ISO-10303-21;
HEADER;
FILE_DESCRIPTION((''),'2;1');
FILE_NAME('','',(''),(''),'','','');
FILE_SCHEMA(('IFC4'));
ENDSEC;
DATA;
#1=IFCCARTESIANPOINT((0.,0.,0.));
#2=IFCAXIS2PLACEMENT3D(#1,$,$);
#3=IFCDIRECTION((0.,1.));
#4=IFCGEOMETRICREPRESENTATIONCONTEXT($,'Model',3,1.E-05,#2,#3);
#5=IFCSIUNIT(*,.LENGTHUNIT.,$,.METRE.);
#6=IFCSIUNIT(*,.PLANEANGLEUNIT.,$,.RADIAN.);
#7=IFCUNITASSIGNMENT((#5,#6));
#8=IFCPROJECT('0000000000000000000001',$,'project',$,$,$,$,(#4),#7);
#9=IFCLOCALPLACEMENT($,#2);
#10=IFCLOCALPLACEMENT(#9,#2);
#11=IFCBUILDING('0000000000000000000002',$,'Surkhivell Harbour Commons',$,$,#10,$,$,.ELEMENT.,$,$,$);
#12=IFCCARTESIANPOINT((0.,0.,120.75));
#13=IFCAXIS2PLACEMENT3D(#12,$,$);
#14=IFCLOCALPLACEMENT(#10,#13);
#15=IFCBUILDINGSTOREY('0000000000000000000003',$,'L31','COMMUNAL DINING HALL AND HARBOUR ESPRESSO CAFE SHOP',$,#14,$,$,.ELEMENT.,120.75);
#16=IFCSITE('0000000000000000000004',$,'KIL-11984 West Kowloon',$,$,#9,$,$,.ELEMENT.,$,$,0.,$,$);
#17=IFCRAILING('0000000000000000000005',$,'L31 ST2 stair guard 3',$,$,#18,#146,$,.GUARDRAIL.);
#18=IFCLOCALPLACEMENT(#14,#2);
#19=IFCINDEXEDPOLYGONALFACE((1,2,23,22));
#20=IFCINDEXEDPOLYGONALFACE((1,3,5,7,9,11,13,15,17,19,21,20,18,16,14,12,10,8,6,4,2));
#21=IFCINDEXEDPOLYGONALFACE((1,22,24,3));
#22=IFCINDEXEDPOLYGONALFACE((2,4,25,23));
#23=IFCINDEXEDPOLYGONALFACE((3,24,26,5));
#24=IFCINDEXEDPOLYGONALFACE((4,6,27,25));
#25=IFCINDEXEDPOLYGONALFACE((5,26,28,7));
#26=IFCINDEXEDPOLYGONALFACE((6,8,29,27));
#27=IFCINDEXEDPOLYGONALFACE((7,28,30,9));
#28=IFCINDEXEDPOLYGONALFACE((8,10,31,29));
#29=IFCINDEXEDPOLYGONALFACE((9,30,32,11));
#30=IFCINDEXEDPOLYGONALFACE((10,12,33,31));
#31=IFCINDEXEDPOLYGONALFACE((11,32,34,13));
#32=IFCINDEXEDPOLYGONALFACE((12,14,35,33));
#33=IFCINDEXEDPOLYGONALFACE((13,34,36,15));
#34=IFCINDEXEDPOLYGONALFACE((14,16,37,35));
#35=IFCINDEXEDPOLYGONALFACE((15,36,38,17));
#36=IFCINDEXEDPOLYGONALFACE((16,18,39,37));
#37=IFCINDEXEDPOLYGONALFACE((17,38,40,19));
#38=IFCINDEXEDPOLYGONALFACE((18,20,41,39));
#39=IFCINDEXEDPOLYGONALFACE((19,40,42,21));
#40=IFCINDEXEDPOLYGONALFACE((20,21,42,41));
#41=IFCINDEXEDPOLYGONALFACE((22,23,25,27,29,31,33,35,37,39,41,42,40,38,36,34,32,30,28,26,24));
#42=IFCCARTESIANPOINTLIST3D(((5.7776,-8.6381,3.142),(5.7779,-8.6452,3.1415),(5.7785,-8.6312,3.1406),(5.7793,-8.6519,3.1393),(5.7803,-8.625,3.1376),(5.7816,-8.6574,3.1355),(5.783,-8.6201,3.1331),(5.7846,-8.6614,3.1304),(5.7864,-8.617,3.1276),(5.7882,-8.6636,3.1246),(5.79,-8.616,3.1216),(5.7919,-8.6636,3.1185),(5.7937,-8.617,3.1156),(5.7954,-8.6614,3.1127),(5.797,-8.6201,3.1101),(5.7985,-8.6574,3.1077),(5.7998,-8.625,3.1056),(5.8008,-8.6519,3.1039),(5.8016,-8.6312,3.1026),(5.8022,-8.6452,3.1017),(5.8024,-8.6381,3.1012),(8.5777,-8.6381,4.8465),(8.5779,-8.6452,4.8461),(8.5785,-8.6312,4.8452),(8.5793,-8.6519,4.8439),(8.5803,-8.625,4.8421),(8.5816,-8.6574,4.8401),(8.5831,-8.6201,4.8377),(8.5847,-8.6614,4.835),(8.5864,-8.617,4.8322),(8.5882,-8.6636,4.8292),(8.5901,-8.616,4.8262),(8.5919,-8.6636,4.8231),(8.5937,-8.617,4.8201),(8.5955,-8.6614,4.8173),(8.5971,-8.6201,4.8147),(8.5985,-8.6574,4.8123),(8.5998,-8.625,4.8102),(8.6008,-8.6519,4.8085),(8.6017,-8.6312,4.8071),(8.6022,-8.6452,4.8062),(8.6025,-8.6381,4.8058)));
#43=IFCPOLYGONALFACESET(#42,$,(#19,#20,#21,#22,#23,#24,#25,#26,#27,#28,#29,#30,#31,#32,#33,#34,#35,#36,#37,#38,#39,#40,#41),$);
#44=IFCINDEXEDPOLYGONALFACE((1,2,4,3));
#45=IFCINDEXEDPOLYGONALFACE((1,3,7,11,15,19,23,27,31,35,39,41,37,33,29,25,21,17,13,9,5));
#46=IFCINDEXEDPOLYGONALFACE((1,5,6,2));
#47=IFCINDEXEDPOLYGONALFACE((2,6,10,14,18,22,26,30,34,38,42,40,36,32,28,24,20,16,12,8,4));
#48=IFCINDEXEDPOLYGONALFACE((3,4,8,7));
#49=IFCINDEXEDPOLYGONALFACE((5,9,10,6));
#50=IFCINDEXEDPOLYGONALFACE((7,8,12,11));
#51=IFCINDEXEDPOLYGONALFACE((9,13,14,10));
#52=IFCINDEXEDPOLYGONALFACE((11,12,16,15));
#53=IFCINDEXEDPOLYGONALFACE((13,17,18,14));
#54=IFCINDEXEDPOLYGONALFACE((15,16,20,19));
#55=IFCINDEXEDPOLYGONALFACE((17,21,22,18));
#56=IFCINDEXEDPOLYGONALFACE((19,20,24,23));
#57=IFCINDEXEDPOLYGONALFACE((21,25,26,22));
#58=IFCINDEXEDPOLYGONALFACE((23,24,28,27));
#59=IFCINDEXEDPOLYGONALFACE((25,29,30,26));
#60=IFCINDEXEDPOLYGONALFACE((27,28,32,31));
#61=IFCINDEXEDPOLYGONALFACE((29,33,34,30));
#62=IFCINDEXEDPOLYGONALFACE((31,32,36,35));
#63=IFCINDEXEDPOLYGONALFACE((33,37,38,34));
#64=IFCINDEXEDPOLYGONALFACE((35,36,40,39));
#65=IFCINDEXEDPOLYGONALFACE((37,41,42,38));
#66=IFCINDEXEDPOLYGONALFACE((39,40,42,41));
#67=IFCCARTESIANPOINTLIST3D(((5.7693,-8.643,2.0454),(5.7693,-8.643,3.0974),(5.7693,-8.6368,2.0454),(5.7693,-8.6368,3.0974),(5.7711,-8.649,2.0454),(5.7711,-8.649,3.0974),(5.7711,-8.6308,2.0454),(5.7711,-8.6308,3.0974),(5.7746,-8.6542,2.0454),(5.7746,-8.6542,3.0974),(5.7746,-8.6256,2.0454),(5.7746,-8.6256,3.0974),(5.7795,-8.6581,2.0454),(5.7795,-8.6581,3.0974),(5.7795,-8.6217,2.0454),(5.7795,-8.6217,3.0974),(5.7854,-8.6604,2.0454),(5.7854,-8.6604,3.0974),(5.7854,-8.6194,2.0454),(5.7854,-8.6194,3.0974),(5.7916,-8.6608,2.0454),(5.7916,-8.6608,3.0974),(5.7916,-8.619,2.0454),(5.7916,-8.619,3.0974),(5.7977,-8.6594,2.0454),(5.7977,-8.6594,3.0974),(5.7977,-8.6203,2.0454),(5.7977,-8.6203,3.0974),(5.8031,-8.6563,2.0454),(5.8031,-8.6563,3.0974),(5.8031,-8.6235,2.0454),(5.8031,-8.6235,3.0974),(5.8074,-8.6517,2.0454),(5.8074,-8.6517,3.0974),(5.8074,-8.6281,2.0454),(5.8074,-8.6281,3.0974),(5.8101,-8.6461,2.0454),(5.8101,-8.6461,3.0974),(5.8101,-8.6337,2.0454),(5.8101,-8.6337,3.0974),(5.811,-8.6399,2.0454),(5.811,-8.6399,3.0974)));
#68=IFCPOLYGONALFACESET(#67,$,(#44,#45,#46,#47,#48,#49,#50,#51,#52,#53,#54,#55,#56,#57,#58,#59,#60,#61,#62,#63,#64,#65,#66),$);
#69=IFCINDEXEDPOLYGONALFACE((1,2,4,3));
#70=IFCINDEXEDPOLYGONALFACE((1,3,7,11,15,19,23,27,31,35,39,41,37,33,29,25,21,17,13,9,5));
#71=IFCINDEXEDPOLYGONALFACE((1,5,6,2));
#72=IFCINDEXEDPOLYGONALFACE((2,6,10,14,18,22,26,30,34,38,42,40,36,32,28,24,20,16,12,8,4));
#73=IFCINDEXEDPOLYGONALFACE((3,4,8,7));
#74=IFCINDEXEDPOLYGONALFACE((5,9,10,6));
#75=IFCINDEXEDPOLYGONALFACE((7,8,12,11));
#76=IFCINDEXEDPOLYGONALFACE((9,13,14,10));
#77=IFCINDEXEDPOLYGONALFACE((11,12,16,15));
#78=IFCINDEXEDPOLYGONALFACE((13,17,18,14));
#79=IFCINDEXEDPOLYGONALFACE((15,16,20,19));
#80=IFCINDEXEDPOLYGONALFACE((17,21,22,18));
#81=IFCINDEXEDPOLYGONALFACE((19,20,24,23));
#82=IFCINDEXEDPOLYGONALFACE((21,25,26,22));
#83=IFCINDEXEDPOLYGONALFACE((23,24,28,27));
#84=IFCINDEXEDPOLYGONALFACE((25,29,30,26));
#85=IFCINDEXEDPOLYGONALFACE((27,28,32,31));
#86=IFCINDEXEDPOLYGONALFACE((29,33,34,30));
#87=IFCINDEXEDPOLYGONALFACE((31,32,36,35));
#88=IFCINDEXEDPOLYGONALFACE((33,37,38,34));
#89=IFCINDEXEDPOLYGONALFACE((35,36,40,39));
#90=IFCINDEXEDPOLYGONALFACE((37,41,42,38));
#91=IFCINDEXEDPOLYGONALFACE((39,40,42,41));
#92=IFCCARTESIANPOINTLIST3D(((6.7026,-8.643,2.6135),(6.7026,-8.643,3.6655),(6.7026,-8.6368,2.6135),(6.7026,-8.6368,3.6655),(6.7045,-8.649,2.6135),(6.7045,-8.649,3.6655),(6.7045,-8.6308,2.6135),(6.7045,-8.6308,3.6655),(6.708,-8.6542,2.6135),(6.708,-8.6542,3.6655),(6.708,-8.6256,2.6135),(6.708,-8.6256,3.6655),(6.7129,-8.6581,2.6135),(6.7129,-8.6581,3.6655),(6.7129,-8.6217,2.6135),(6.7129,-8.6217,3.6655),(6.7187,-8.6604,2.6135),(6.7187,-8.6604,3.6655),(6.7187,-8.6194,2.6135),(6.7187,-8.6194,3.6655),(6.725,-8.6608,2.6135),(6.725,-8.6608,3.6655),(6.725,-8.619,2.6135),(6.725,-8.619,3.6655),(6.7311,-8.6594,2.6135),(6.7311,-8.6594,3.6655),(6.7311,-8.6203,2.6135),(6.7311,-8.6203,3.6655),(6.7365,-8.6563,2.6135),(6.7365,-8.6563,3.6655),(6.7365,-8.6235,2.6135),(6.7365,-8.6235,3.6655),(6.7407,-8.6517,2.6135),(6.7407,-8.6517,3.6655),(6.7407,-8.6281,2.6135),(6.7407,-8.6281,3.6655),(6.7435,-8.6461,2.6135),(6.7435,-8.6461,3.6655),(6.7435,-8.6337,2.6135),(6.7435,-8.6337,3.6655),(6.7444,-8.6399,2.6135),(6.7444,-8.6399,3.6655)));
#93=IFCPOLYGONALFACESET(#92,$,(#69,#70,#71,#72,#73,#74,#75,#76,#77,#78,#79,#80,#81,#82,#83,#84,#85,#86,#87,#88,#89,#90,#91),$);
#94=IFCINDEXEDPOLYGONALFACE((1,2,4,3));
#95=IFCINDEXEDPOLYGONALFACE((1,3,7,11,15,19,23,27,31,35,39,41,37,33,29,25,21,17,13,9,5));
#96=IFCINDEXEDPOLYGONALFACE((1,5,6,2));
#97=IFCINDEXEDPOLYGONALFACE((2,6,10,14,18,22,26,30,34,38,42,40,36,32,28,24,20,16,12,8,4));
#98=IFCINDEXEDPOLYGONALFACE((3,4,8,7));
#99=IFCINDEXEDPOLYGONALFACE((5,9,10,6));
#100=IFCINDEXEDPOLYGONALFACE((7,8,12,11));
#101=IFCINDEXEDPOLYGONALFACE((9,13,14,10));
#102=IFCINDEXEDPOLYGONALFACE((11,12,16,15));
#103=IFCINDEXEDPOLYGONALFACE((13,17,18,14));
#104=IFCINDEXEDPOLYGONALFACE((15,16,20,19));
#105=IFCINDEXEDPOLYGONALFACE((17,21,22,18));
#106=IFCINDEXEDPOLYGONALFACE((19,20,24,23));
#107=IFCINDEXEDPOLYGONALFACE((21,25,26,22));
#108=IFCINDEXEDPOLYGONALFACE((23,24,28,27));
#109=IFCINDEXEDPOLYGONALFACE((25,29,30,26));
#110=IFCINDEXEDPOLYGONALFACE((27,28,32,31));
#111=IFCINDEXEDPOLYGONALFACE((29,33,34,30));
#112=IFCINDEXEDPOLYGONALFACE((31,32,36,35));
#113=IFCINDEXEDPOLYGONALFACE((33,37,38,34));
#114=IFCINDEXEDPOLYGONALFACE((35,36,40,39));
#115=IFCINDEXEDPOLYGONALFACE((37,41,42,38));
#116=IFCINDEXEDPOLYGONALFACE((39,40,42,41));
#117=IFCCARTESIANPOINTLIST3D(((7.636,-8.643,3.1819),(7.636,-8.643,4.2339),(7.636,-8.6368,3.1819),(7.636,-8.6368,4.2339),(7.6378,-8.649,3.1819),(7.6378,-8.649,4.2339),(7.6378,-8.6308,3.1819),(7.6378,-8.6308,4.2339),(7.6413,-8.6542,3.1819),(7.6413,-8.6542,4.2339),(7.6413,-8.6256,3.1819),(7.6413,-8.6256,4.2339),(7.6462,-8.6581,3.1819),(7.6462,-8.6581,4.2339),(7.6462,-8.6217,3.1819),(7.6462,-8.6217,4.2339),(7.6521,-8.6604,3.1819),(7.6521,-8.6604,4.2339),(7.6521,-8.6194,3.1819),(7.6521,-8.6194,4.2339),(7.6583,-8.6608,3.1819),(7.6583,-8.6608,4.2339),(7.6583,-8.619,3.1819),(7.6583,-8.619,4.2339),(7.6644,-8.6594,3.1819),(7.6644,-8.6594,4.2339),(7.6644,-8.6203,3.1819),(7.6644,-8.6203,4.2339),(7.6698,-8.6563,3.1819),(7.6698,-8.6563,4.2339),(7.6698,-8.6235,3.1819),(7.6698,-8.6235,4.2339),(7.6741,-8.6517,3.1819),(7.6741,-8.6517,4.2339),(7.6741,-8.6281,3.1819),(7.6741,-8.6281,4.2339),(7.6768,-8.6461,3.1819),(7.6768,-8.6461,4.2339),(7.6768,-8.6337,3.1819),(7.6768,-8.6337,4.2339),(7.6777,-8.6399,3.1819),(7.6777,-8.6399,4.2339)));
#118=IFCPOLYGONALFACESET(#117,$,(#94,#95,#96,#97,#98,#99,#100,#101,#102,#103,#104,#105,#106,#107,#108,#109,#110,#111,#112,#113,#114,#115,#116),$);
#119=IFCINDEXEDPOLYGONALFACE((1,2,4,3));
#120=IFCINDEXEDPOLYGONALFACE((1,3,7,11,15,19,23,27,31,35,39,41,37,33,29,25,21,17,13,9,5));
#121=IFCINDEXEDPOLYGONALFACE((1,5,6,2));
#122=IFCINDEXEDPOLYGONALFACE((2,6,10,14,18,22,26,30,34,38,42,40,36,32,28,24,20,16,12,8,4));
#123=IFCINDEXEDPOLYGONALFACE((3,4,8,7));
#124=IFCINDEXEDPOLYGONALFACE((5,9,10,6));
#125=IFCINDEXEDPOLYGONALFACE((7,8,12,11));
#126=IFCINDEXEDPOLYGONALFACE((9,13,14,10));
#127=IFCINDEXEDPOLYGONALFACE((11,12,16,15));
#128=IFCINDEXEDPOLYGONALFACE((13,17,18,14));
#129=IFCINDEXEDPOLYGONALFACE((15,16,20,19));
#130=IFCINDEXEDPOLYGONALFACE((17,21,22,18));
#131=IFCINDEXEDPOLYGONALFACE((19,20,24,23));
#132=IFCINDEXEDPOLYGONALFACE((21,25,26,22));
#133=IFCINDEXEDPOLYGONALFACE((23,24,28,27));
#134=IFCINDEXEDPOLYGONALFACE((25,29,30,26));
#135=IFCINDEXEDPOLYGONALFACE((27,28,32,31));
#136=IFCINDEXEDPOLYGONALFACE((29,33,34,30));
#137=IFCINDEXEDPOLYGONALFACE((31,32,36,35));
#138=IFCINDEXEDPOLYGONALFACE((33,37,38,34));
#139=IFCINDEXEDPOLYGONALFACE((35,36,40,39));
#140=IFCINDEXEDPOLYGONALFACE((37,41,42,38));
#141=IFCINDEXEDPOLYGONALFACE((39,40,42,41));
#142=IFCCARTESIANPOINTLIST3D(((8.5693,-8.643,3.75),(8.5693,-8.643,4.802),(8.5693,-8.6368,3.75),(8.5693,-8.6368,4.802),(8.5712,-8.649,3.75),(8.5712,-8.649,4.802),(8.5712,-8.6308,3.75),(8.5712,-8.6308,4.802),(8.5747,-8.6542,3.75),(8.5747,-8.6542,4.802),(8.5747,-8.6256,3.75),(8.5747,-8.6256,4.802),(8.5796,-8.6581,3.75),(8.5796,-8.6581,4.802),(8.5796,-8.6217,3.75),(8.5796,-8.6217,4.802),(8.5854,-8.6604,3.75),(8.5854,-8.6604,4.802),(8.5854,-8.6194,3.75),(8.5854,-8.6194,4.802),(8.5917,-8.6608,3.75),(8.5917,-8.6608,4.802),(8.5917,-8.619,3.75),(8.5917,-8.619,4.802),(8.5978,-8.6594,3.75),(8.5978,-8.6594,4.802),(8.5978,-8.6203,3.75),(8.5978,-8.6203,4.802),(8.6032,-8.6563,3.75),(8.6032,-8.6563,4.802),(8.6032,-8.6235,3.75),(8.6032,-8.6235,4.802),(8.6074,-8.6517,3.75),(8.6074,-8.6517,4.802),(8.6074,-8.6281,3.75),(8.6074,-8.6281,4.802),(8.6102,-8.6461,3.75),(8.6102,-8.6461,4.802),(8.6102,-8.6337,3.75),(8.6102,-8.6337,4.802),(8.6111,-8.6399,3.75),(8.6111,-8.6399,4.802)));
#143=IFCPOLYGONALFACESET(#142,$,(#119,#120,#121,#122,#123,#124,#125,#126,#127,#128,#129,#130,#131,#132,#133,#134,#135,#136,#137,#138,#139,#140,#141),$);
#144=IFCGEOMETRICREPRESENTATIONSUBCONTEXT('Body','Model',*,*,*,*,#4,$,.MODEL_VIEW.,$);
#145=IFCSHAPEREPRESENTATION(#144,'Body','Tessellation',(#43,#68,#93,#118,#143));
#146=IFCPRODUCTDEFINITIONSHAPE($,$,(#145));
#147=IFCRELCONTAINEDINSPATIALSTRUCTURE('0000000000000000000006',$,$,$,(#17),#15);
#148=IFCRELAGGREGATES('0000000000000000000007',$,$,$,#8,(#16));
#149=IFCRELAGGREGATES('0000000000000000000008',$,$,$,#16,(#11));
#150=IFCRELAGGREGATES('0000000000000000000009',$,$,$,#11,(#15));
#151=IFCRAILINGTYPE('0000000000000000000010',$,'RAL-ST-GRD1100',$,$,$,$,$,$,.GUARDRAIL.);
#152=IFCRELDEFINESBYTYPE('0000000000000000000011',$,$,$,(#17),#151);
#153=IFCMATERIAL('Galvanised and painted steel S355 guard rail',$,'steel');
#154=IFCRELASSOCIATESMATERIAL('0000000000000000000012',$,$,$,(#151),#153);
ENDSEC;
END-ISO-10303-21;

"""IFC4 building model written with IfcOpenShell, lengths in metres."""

from ifc_helpers import new_model, si_unit, direction, frame, origin, origin_2d, place, context, subcontext, project, spatial, circle, extrude, material, type_object, element, save


model = new_model("IFC4")

# Units and contexts
model_context = context("Model", 3, precision=1e-05, world=origin(), true_north=direction((0.0, 1.0)))
body_context = subcontext(model_context, "Body", "Model", "MODEL_VIEW")
ifc_project = project(units=[si_unit("LENGTHUNIT", "METRE"), si_unit("PLANEANGLEUNIT", "RADIAN")], contexts=[model_context])

# Site, building, storey
site_placement = place(None, origin())
site = spatial("IfcSite", under=ifc_project, at=site_placement, Name="KIL-11984 West Kowloon", CompositionType="ELEMENT", RefElevation=0.0)
building_placement = place(site_placement, origin())
building = spatial("IfcBuilding", under=site, at=building_placement, Name="Surkhivell Harbour Commons", CompositionType="ELEMENT")
storey_placement = place(building_placement, frame((0.0, 0.0, 120.75)))
storey = spatial("IfcBuildingStorey", under=building, at=storey_placement, Name="L31", Description="COMMUNAL DINING HALL AND HARBOUR ESPRESSO CAFE SHOP", CompositionType="ELEMENT", Elevation=120.75)

# Railing
ifc_material_1 = material(Name="Galvanised and painted steel S355 guard rail", Category="steel")
railing_type_1 = type_object("IfcRailingType", Name="RAL-ST-GRD1100", PredefinedType="GUARDRAIL", material=ifc_material_1)
railing_1_placement = place(storey_placement, frame((5.79, -8.6399, 2.0454)))
element("IfcRailing", 1, at=railing_1_placement, inside=storey, type_object=railing_type_1, Name="L31 ST2 stair guard 3", PredefinedType="GUARDRAIL", context=body_context, shape_type="SweptSolid", body=[
    extrude(circle(Radius=0.0239, at=origin_2d()), frame((0.0, 0.0, 1.0762), z_axis=(0.85417, 0.0, 0.519994), x_axis=(0.0, 1.0, 0.0)), (0.0, 0.0, 1.0), 3.2781),
    extrude(circle(Radius=0.021, at=origin_2d()), origin(), (0.0, 0.0, 1.0), 1.052),
    extrude(circle(Radius=0.021, at=origin_2d()), frame((0.9333, 0.0, 0.5681)), (0.0, 0.0, 1.0), 1.052),
    extrude(circle(Radius=0.021, at=origin_2d()), frame((1.8667, 0.0, 1.1365)), (0.0, 0.0, 1.0), 1.052),
    extrude(circle(Radius=0.021, at=origin_2d()), frame((2.8, 0.0, 1.7046)), (0.0, 0.0, 1.0), 1.052),
])

save(model, "model.ifc")
